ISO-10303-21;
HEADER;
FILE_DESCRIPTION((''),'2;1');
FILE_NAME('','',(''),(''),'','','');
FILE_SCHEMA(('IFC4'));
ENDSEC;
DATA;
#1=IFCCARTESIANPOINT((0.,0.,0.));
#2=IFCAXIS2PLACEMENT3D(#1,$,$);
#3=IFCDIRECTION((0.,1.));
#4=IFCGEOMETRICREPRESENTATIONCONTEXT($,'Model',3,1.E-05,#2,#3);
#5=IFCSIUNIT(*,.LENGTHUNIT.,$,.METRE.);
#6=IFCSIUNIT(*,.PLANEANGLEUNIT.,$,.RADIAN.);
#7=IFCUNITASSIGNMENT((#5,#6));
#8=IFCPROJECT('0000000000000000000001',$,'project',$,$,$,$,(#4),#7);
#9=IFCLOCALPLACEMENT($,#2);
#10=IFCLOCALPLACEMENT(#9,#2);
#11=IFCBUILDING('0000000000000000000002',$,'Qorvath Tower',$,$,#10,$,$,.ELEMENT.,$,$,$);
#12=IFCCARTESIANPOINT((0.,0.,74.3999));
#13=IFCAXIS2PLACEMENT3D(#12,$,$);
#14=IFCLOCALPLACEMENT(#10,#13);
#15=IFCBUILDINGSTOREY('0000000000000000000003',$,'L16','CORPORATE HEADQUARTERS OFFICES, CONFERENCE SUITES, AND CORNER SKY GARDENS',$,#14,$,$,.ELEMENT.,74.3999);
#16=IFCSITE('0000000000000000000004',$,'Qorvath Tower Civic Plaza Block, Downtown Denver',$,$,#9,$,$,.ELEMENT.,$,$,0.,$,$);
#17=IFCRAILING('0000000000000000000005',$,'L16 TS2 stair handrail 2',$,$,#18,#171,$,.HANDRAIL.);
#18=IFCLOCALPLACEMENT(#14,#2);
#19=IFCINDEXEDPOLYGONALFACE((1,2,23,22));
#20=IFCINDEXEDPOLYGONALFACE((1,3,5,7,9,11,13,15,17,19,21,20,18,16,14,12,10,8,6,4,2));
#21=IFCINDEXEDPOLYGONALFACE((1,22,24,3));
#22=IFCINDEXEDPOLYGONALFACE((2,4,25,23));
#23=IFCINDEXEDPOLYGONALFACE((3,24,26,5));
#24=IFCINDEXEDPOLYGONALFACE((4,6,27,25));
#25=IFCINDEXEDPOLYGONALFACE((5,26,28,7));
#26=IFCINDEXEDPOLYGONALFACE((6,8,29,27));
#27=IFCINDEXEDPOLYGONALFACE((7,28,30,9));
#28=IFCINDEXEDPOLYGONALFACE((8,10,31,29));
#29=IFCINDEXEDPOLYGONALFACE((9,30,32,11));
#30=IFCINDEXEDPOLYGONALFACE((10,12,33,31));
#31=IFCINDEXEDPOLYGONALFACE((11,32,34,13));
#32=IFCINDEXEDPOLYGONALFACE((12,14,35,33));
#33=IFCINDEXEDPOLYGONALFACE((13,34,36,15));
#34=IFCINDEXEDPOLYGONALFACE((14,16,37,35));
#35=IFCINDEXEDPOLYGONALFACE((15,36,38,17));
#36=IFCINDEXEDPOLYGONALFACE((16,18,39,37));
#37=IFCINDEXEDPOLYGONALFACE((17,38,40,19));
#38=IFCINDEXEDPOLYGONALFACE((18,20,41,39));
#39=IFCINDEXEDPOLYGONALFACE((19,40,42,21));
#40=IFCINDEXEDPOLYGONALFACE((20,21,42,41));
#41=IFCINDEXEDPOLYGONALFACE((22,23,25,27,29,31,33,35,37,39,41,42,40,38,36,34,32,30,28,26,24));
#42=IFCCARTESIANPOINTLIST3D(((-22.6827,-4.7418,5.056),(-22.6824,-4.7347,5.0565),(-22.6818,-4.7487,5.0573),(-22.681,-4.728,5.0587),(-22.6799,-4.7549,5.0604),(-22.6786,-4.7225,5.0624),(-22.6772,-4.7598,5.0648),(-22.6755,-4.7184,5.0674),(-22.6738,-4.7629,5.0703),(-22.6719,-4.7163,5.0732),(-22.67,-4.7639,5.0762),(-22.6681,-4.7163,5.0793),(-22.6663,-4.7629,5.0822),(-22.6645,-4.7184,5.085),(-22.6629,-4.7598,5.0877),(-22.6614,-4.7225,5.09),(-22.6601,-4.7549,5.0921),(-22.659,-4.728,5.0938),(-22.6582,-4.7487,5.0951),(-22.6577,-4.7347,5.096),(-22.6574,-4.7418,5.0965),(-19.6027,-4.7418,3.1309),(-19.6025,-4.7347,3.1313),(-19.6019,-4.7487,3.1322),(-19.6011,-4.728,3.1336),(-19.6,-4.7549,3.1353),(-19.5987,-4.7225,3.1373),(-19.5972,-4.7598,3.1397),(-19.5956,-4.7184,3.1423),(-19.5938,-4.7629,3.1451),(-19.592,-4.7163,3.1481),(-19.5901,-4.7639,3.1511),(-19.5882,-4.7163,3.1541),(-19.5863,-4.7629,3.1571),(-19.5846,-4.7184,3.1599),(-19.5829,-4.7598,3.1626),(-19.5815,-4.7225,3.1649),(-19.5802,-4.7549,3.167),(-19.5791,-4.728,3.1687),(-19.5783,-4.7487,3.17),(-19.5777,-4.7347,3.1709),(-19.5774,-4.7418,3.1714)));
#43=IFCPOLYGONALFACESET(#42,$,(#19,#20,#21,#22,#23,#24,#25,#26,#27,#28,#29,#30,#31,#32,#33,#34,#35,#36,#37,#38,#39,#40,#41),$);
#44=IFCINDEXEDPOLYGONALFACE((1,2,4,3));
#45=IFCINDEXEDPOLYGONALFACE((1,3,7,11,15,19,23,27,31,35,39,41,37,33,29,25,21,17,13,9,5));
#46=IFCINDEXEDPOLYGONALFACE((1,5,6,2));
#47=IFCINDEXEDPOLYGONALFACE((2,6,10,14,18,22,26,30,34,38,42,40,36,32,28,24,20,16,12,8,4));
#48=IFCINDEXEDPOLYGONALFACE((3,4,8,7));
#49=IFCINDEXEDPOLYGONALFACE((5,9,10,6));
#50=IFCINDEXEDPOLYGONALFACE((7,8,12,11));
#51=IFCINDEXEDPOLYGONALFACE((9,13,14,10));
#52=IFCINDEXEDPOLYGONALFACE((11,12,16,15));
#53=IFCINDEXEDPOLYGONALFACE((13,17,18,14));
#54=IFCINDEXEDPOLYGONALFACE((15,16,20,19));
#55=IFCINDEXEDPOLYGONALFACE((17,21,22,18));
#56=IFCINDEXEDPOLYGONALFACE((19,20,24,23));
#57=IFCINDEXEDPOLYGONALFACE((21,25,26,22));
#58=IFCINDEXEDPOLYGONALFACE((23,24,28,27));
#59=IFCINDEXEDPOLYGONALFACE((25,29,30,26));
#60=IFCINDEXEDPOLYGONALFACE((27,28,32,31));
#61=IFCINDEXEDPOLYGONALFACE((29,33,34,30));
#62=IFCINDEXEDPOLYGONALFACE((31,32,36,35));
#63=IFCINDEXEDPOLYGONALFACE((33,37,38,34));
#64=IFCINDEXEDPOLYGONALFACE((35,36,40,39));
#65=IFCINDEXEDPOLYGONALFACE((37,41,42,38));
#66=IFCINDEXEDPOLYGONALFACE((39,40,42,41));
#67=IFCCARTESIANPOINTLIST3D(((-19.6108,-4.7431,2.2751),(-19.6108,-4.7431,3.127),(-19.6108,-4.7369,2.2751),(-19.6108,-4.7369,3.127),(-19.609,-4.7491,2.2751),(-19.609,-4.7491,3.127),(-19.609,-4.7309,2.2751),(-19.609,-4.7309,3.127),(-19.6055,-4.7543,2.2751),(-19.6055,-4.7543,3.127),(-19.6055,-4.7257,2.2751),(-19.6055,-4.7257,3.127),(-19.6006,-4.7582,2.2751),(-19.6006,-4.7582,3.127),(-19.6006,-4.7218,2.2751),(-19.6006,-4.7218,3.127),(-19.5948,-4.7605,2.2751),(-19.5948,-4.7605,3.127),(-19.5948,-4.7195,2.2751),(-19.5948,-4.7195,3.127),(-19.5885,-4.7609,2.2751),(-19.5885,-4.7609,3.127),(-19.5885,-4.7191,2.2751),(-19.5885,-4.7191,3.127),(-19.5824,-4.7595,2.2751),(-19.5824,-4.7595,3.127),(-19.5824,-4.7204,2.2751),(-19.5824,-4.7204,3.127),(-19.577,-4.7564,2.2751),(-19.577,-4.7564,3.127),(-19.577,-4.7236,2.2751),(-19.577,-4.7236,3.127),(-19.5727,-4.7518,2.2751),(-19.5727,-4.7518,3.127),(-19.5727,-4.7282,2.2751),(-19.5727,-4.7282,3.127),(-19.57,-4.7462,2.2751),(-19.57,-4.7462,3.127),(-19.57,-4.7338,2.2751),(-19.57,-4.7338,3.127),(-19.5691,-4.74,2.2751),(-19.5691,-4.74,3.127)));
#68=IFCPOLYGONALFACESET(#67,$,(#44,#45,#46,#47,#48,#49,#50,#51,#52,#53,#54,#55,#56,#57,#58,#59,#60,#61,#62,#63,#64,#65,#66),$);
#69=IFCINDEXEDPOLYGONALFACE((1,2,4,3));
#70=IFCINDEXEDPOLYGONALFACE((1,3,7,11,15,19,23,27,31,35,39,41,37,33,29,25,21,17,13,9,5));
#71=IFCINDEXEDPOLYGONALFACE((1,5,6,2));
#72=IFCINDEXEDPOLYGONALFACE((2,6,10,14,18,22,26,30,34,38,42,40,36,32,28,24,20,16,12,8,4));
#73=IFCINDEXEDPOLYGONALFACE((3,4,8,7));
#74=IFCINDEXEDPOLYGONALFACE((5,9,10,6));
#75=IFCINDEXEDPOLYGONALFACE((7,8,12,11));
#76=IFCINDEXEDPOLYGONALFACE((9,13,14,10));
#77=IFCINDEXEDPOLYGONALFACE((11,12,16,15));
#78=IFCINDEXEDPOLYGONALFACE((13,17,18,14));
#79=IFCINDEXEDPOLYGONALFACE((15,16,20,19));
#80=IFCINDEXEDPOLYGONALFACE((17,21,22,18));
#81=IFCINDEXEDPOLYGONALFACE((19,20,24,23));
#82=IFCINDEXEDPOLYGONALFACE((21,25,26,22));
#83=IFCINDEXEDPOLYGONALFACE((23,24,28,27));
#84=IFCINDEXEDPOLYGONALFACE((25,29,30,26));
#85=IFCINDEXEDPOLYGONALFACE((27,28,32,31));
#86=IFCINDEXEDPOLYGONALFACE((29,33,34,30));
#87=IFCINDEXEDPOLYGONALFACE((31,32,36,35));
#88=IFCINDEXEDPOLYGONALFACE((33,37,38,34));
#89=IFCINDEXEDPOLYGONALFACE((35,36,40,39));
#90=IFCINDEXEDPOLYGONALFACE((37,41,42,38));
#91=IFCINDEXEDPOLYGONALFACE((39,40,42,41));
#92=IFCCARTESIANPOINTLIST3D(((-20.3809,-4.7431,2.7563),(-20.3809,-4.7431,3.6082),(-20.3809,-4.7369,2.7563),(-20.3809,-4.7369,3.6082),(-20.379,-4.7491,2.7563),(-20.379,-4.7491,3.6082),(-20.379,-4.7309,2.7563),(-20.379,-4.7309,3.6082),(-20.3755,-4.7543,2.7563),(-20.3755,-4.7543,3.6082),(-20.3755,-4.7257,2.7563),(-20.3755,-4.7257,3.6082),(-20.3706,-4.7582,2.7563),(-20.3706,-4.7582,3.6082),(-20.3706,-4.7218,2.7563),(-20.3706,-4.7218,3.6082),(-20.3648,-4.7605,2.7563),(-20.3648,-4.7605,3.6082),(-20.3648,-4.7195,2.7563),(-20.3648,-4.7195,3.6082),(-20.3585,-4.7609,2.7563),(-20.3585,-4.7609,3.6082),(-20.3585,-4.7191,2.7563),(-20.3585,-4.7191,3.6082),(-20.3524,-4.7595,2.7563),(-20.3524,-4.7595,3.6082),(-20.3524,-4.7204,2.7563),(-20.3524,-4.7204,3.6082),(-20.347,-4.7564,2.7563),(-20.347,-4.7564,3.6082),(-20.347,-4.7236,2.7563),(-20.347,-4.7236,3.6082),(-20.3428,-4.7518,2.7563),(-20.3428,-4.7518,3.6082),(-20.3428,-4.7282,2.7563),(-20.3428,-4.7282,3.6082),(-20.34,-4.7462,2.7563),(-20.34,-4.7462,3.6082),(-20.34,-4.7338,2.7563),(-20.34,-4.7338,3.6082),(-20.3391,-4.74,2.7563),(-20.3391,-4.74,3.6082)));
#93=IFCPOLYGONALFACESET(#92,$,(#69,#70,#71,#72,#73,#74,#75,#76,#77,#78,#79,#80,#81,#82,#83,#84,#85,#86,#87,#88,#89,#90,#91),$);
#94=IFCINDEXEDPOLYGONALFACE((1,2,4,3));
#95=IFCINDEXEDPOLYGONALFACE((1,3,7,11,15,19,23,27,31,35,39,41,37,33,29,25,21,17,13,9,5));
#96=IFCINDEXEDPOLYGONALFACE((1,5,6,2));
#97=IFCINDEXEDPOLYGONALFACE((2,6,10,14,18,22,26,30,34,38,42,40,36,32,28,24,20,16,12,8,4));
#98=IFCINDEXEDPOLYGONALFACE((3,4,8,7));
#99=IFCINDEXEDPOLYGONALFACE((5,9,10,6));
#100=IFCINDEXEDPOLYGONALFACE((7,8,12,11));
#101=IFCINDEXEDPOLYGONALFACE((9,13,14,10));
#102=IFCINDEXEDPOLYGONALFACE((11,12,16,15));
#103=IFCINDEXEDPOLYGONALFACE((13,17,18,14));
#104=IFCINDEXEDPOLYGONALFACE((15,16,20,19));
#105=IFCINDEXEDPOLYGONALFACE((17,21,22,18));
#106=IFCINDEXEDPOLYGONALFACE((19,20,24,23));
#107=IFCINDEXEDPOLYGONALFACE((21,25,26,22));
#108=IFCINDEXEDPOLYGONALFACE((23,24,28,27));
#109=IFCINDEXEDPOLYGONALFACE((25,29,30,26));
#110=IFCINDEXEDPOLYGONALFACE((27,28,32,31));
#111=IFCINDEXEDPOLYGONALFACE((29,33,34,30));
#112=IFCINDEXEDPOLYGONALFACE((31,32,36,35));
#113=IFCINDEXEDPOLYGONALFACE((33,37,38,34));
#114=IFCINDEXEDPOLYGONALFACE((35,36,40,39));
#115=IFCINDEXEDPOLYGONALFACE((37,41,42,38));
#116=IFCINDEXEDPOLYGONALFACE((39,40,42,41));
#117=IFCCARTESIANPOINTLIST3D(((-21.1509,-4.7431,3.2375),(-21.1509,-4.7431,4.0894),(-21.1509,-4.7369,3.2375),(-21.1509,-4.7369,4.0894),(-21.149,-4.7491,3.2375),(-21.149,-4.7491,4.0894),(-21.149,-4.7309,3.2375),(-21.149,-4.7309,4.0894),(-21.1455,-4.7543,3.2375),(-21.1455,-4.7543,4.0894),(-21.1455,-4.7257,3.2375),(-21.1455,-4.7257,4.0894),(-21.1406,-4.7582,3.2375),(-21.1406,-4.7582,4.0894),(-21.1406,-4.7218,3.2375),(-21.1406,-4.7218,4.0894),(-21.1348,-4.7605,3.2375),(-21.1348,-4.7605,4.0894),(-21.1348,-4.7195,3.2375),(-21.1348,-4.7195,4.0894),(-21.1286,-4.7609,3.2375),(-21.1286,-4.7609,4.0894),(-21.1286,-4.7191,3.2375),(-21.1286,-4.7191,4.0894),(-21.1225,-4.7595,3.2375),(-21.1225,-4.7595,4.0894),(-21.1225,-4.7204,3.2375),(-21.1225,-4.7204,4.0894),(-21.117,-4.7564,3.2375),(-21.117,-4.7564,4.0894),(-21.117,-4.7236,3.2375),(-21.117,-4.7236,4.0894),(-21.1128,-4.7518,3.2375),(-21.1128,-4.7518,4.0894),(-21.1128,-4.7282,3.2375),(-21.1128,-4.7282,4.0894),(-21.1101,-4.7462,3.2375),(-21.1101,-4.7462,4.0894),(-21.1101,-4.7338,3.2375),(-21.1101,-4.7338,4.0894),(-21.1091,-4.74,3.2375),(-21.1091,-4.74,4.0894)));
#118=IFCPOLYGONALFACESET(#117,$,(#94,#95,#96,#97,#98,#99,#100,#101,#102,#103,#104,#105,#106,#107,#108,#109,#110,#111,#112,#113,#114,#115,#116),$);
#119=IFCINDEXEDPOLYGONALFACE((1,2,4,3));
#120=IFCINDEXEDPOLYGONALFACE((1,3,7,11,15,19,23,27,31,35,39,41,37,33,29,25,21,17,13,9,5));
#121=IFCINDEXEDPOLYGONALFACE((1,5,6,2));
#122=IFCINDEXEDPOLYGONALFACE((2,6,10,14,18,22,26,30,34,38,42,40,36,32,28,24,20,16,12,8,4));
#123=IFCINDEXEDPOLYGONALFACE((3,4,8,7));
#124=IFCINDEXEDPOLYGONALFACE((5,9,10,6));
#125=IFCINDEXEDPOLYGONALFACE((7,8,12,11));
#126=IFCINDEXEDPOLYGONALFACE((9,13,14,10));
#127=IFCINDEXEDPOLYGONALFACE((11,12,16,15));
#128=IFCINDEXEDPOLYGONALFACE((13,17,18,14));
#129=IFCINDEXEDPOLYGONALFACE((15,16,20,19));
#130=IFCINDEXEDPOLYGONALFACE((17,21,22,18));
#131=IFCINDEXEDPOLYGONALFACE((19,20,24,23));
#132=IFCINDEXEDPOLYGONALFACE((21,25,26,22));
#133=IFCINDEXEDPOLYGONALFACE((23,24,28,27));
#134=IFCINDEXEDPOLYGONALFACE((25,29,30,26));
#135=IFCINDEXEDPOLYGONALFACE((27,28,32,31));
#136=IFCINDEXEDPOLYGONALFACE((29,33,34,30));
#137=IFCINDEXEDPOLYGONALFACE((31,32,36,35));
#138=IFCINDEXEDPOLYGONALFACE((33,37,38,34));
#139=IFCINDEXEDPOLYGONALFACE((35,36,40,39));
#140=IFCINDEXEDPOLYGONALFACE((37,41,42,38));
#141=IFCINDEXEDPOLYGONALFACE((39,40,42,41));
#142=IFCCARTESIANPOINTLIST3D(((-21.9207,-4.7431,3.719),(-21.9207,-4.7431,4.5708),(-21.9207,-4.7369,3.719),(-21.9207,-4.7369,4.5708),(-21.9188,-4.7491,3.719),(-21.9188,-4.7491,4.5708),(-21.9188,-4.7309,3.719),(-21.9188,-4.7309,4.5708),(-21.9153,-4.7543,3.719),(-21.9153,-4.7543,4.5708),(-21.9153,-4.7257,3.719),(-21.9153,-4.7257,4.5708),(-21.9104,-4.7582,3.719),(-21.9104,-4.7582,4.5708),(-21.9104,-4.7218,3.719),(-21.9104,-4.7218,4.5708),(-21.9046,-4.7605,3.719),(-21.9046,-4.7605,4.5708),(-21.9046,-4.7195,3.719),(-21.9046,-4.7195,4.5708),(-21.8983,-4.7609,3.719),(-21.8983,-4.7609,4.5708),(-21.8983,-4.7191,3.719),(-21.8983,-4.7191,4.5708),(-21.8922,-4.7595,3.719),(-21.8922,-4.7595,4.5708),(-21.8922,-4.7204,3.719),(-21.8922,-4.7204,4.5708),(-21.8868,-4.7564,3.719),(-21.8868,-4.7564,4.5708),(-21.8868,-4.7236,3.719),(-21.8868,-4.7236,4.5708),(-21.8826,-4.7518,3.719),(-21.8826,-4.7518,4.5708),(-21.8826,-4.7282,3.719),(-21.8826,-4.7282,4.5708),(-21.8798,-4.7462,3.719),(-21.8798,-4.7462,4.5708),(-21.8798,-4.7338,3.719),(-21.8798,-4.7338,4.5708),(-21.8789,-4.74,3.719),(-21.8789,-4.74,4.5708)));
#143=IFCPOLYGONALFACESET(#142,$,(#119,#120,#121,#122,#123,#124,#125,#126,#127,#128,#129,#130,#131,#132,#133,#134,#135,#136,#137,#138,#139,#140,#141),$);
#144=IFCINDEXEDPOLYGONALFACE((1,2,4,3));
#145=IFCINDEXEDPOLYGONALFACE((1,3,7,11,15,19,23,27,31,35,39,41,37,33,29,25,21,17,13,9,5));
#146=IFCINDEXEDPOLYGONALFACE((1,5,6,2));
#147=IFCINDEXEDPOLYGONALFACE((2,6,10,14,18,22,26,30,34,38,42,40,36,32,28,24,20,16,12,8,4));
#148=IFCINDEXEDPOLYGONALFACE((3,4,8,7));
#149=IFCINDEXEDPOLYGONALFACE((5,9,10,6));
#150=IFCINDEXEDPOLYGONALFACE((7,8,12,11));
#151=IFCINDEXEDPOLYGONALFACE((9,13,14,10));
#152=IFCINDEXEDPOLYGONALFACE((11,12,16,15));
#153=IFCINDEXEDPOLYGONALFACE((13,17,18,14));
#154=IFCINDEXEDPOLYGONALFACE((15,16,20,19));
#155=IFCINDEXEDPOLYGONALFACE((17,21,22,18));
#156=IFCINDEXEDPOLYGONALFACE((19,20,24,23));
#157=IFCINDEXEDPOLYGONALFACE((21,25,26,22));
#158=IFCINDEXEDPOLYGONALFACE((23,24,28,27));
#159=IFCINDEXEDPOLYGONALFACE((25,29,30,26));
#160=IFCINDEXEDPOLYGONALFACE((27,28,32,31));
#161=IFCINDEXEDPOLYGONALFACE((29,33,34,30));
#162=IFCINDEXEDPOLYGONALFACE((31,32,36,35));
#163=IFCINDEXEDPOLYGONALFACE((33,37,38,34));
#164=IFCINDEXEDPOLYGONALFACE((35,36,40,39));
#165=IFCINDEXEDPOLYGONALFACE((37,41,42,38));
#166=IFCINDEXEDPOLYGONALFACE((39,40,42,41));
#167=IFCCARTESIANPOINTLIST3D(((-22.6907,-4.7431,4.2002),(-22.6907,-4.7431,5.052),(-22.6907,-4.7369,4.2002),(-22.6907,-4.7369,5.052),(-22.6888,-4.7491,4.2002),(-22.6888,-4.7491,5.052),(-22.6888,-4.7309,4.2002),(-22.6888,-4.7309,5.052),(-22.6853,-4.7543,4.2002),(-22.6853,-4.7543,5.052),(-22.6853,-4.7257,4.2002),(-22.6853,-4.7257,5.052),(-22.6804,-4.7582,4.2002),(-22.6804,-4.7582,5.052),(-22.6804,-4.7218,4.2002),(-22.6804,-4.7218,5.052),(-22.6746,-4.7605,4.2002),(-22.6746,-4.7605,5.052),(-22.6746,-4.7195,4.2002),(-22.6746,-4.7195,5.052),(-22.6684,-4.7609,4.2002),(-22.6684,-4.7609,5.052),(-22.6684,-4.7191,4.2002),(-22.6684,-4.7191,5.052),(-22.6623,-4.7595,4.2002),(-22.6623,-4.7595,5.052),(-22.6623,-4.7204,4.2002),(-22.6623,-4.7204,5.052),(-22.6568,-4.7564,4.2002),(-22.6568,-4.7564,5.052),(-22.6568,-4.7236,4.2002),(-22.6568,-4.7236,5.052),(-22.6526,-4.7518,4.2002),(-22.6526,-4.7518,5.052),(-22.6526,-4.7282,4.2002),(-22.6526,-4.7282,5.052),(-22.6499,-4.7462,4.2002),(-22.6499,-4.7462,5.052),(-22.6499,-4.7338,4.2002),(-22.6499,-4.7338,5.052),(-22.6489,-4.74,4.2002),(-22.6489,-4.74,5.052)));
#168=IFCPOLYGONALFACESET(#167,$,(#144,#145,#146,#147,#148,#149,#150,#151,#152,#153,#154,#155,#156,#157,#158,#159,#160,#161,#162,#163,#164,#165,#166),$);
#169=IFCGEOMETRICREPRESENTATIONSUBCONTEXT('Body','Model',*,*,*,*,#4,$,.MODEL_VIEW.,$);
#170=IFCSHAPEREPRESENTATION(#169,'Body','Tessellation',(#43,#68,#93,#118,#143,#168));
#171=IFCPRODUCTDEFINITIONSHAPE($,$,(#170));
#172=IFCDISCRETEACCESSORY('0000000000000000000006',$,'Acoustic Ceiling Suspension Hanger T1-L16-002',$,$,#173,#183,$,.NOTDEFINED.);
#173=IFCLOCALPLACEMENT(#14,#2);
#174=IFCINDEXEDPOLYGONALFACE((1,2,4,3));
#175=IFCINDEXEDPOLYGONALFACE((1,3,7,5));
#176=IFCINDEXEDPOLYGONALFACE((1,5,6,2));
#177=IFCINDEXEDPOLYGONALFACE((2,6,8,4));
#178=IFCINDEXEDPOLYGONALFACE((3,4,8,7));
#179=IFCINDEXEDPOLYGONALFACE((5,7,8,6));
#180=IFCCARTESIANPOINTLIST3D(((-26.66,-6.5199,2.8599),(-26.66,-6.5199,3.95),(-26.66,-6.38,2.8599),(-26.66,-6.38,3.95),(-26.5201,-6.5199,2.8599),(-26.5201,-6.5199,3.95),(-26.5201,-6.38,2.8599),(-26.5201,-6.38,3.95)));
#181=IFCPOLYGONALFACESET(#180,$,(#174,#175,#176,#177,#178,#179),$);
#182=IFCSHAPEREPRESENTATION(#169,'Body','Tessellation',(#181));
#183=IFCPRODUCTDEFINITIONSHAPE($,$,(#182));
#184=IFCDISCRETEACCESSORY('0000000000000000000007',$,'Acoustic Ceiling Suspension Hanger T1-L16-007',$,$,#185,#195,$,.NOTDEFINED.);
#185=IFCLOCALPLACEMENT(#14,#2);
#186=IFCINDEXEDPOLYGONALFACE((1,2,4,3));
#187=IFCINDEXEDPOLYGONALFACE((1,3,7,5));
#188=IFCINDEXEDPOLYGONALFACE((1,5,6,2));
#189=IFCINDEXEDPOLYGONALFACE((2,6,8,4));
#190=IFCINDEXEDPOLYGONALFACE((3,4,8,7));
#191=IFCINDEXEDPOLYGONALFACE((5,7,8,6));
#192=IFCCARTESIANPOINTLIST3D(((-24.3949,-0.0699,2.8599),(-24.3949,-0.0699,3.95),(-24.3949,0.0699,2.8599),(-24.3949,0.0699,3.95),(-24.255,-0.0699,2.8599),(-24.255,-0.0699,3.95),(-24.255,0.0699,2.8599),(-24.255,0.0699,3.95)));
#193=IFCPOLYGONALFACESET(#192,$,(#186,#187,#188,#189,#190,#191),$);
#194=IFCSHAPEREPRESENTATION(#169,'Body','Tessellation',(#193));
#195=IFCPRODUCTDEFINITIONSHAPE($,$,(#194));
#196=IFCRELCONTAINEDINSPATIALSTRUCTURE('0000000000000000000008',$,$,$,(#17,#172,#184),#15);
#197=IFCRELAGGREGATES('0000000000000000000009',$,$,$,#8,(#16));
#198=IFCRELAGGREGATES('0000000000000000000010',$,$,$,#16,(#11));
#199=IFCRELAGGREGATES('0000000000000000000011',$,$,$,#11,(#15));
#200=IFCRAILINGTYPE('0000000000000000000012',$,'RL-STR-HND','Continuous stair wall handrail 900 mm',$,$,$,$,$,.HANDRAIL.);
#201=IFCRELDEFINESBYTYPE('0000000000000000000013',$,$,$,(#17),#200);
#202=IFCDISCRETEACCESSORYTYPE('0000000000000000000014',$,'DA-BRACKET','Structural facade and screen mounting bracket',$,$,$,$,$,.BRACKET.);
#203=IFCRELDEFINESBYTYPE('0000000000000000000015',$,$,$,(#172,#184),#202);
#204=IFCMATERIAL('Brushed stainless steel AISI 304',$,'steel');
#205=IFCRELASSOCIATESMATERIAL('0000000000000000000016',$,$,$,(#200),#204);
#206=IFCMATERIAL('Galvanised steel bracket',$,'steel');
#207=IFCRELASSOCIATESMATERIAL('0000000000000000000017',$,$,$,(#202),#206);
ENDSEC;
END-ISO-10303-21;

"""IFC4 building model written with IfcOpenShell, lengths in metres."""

from ifc_helpers import new_model, si_unit, direction, frame, origin, origin_2d, place, context, subcontext, project, spatial, rectangle, circle, extrude, material, type_object, element, save


model = new_model("IFC4")

# Units and contexts
model_context = context("Model", 3, precision=1e-05, world=origin(), true_north=direction((0.0, 1.0)))
body_context = subcontext(model_context, "Body", "Model", "MODEL_VIEW")
ifc_project = project(units=[si_unit("LENGTHUNIT", "METRE"), si_unit("PLANEANGLEUNIT", "RADIAN")], contexts=[model_context])

# Site, building, storey
site_placement = place(None, origin())
site = spatial("IfcSite", under=ifc_project, at=site_placement, Name="Qorvath Tower Civic Plaza Block, Downtown Denver", CompositionType="ELEMENT", RefElevation=0.0)
building_placement = place(site_placement, origin())
building = spatial("IfcBuilding", under=site, at=building_placement, Name="Qorvath Tower", CompositionType="ELEMENT")
storey_placement = place(building_placement, frame((0.0, 0.0, 74.3999)))
storey = spatial("IfcBuildingStorey", under=building, at=storey_placement, Name="L16", Description="CORPORATE HEADQUARTERS OFFICES, CONFERENCE SUITES, AND CORNER SKY GARDENS", CompositionType="ELEMENT", Elevation=74.3999)

# Railing
ifc_material_1 = material(Name="Brushed stainless steel AISI 304", Category="steel")
railing_type_1 = type_object("IfcRailingType", Name="RL-STR-HND", Description="Continuous stair wall handrail 900 mm", PredefinedType="HANDRAIL", material=ifc_material_1)
railing_1_placement = place(storey_placement, frame((-19.5901, -4.74, 2.2751)))
element("IfcRailing", 1, at=railing_1_placement, inside=storey, type_object=railing_type_1, Name="L16 TS2 stair handrail 2", PredefinedType="HANDRAIL", context=body_context, shape_type="SweptSolid", body=[
    extrude(circle(Radius=0.0239, at=origin_2d()), frame((0.0, 0.0, 0.876), z_axis=(-0.847979, 0.0, 0.530029), x_axis=(0.0, -1.0, 0.0)), (0.0, 0.0, 1.0), 3.6321),
    extrude(circle(Radius=0.021, at=origin_2d()), origin(), (0.0, 0.0, 1.0), 0.8518),
    extrude(circle(Radius=0.021, at=origin_2d()), frame((-0.77, 0.0, 0.4812)), (0.0, 0.0, 1.0), 0.8518),
    extrude(circle(Radius=0.021, at=origin_2d()), frame((-1.54, 0.0, 0.9624)), (0.0, 0.0, 1.0), 0.8518),
    extrude(circle(Radius=0.021, at=origin_2d()), frame((-2.3098, 0.0, 1.4438)), (0.0, 0.0, 1.0), 0.8518),
    extrude(circle(Radius=0.021, at=origin_2d()), frame((-3.0798, 0.0, 1.925)), (0.0, 0.0, 1.0), 0.8518),
])

# Discrete accessories
ifc_material_2 = material(Name="Galvanised steel bracket", Category="steel")
discrete_accessory_type = type_object("IfcDiscreteAccessoryType", Name="DA-BRACKET", Description="Structural facade and screen mounting bracket", PredefinedType="BRACKET", material=ifc_material_2)
for number, where, z_axis, x_axis, name in (
    (2, (-26.5901, -6.45, 2.8599), (0.0, 0.0, 1.0), (1.0, 0.0, 0.0), "Acoustic Ceiling Suspension Hanger T1-L16-002"),
    (3, (-24.325, 0.0, 2.8599), (0.0, 0.0, 1.0), (1.0, 0.0, 0.0), "Acoustic Ceiling Suspension Hanger T1-L16-007"),
):
    element("IfcDiscreteAccessory", number, at=place(storey_placement, frame(where, z_axis=z_axis, x_axis=x_axis)), inside=storey, type_object=discrete_accessory_type, Name=name, PredefinedType="NOTDEFINED", context=body_context, shape_type="SweptSolid", body=[
        extrude(rectangle(XDim=0.1399, YDim=0.1399, at=origin_2d()), origin(), (0.0, 0.0, 1.0), 1.0901),
    ])

save(model, "model.ifc")
